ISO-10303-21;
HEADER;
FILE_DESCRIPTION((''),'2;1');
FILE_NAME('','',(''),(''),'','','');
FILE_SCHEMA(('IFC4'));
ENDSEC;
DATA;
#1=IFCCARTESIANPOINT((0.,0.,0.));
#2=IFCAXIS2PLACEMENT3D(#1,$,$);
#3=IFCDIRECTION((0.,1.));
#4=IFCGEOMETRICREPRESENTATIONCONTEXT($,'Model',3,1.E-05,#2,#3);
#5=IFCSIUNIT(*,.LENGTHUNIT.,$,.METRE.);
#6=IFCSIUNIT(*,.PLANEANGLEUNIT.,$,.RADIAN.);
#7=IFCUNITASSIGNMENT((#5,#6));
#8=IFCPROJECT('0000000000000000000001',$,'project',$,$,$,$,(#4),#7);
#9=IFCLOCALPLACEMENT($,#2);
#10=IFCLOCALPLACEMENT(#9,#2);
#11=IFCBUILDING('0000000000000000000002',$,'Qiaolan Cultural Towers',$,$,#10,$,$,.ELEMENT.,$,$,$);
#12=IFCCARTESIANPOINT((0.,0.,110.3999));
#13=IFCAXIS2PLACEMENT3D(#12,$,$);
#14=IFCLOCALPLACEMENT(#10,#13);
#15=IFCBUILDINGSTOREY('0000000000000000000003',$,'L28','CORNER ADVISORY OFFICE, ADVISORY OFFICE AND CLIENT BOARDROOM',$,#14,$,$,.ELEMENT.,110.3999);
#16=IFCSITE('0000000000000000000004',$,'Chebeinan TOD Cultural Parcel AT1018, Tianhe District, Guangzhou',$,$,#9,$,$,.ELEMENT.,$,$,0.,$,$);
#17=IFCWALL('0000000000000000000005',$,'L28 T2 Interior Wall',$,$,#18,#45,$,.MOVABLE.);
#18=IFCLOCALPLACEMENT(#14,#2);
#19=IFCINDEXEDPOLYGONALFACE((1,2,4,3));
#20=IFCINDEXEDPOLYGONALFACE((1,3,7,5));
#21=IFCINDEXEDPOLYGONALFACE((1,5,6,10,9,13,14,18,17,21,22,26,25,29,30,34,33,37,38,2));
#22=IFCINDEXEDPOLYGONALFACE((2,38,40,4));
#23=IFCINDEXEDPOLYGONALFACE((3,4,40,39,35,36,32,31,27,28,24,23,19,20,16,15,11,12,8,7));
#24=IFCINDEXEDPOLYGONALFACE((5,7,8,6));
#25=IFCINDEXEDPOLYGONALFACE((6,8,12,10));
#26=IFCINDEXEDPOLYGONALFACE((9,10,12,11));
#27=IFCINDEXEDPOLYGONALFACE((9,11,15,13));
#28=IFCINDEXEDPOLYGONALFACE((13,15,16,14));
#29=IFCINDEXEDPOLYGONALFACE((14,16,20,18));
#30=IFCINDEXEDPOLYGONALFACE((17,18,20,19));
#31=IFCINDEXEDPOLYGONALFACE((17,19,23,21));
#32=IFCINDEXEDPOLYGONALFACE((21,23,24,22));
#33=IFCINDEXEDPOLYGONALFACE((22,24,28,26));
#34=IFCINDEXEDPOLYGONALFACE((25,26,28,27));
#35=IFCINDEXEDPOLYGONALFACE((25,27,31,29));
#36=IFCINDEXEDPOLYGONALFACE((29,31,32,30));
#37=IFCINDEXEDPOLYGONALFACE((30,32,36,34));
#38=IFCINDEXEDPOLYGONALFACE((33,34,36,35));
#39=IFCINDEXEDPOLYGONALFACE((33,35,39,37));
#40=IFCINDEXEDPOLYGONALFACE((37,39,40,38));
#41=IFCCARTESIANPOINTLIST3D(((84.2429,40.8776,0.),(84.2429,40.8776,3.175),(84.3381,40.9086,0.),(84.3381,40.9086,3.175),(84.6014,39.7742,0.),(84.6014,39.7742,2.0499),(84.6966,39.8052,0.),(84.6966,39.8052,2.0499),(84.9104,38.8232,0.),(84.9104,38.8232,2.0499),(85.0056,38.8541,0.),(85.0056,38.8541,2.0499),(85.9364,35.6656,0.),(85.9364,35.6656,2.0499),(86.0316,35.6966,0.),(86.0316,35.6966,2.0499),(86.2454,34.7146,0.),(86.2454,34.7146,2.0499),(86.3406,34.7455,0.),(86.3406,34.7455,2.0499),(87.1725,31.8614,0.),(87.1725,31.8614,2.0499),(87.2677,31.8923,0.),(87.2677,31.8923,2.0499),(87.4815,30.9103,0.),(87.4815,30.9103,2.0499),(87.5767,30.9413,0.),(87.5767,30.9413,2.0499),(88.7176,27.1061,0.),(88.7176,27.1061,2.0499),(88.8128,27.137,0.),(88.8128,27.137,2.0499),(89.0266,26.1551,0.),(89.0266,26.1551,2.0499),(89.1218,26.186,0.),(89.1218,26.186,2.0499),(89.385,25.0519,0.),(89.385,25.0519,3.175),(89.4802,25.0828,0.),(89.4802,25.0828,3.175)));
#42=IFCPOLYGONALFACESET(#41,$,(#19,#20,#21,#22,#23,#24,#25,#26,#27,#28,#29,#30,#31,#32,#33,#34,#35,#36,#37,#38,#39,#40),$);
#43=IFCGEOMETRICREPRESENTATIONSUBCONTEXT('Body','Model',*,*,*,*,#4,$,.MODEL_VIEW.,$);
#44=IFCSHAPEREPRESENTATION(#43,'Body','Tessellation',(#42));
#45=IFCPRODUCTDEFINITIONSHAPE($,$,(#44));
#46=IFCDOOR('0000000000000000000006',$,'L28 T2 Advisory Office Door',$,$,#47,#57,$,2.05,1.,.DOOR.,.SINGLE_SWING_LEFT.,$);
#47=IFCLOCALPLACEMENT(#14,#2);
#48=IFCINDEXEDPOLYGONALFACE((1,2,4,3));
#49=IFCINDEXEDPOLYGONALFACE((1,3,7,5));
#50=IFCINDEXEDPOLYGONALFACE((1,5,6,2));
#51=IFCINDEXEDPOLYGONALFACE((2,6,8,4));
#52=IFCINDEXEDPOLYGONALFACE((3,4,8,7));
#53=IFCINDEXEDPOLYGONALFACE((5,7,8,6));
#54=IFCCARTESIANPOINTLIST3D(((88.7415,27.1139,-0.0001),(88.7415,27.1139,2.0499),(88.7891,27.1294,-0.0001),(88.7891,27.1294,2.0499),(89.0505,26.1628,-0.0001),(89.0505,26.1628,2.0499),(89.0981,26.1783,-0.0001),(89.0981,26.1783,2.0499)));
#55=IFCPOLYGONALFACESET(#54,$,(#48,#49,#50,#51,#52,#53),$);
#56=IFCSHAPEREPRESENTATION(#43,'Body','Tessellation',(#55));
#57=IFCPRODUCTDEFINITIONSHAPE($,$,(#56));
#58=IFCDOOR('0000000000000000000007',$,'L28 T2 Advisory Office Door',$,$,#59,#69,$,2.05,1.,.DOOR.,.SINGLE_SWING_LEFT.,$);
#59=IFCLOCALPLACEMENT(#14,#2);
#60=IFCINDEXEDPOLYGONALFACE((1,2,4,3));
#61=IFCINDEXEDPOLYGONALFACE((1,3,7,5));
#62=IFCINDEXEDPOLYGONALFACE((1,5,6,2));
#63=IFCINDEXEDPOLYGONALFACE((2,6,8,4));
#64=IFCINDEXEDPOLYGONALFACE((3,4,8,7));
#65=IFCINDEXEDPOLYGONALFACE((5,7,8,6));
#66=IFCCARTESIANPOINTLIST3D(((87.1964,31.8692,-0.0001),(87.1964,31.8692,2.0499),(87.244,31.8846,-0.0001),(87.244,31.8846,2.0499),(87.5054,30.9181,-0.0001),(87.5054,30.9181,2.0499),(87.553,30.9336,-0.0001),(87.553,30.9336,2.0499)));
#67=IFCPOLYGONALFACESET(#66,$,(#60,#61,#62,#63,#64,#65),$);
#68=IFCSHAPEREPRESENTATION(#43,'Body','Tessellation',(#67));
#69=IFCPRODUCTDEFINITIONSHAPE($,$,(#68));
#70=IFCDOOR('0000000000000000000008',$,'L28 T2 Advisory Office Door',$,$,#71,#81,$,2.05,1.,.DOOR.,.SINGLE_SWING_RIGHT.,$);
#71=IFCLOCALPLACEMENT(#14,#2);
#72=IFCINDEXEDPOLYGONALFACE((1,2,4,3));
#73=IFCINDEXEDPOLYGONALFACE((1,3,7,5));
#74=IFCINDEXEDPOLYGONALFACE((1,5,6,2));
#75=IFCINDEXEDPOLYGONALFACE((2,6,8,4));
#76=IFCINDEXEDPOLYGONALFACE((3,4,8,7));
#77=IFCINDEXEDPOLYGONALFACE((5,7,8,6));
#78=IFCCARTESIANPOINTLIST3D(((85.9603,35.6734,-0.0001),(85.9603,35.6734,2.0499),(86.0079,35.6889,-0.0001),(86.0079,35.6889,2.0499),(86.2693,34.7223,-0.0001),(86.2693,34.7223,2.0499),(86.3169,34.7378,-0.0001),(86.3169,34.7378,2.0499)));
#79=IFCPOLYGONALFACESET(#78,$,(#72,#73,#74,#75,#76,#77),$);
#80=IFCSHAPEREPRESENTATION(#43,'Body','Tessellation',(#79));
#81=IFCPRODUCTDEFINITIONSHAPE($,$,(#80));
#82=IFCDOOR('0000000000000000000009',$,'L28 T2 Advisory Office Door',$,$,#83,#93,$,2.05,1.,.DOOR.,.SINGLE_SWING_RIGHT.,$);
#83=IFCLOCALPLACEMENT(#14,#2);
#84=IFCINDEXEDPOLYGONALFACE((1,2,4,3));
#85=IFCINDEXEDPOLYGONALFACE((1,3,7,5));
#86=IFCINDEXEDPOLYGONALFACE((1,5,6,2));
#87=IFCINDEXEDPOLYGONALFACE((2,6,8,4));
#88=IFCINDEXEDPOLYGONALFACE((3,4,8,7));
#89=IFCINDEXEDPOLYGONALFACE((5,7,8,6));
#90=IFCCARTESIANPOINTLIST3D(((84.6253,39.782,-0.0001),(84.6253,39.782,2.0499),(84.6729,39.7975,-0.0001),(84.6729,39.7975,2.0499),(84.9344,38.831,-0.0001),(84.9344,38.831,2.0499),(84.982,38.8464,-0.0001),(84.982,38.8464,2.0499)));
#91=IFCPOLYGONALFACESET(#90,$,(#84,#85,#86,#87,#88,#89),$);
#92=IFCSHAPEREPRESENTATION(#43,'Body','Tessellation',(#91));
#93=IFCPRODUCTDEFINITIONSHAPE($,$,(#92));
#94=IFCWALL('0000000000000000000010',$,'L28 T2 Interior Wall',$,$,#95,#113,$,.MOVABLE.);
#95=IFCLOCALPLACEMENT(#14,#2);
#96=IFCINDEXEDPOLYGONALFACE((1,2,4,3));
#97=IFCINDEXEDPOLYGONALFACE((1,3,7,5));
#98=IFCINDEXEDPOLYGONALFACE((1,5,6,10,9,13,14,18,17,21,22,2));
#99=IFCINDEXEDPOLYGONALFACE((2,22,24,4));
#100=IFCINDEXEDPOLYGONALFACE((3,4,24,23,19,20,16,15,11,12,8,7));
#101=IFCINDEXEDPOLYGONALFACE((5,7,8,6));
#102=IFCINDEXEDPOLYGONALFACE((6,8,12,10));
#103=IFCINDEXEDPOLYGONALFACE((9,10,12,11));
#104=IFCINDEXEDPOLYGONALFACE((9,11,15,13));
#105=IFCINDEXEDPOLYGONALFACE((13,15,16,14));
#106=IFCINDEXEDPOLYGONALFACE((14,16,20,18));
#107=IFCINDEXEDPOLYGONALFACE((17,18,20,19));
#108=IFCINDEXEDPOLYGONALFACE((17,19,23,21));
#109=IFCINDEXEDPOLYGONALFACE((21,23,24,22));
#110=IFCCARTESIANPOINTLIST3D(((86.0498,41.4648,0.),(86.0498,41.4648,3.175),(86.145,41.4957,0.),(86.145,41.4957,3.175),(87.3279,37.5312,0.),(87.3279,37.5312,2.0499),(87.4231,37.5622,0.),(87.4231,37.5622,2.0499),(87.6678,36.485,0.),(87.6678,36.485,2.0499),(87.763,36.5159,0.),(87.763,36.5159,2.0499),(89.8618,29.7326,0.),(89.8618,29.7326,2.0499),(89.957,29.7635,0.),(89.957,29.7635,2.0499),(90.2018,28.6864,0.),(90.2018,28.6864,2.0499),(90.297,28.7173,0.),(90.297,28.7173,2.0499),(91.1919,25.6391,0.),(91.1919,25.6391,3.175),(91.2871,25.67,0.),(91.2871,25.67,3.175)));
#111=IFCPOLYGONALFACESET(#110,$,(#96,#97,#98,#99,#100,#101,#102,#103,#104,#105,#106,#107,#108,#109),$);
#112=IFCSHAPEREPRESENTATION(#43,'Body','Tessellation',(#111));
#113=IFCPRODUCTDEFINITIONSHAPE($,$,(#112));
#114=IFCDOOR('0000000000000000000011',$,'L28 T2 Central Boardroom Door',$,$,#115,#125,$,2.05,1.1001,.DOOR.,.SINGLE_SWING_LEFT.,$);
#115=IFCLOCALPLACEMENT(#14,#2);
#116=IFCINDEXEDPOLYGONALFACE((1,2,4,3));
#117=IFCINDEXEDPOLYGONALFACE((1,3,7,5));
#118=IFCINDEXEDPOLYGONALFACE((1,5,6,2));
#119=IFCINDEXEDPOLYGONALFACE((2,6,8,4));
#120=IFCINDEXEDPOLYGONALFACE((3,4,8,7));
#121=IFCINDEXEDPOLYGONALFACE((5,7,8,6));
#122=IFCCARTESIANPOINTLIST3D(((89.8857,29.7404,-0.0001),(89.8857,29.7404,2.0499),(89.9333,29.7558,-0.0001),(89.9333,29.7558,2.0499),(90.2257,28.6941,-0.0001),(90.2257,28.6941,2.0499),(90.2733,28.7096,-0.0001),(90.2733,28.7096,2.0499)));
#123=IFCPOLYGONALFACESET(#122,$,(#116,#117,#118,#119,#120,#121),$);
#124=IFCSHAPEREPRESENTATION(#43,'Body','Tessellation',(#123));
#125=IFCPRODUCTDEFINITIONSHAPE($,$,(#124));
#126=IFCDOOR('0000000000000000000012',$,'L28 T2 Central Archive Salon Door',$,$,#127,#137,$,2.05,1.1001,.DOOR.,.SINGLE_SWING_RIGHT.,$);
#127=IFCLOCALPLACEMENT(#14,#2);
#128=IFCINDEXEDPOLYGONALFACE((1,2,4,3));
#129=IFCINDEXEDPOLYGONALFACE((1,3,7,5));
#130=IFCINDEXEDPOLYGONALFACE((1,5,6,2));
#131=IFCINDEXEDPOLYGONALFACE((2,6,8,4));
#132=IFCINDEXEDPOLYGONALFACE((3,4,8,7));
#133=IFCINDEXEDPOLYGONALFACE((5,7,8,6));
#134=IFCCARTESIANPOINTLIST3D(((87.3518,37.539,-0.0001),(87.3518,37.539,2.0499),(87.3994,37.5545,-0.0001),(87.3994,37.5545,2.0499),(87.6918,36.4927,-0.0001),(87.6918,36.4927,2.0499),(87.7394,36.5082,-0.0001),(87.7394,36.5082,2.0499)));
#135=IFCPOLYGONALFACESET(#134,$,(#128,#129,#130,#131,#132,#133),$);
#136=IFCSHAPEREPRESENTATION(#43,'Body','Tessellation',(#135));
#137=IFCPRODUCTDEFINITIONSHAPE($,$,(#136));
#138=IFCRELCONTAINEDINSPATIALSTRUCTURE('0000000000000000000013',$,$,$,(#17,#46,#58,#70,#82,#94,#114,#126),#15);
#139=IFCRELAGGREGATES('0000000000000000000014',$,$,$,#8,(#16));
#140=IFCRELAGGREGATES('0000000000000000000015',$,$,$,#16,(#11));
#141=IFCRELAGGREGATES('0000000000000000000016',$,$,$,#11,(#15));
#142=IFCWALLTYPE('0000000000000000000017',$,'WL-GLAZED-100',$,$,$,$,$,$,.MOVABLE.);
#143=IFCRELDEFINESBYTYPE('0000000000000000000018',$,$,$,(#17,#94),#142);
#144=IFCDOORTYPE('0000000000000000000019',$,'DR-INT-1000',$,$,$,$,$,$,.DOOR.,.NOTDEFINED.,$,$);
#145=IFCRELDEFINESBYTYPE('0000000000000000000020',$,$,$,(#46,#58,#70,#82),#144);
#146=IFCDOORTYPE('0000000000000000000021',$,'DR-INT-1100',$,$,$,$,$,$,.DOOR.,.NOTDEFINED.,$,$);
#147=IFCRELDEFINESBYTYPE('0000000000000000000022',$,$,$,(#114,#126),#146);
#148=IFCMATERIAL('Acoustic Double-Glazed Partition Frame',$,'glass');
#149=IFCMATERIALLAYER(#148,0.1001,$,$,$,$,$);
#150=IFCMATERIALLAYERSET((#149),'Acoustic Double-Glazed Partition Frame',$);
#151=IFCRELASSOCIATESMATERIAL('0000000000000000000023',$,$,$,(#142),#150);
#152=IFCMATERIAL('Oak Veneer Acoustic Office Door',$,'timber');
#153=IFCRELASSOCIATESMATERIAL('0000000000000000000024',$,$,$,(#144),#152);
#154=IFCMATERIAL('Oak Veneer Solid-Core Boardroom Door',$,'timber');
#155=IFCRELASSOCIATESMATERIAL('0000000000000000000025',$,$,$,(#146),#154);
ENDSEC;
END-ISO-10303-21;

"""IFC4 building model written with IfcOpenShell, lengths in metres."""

from ifc_helpers import new_model, si_unit, direction, frame, frame_2d, origin, place, context, subcontext, project, spatial, rectangle, extrude, material, layer, layer_set, type_object, element, fill, save


model = new_model("IFC4")

# Units and contexts
model_context = context("Model", 3, precision=1e-05, world=origin(), true_north=direction((0.0, 1.0)))
body_context = subcontext(model_context, "Body", "Model", "MODEL_VIEW")
ifc_project = project(units=[si_unit("LENGTHUNIT", "METRE"), si_unit("PLANEANGLEUNIT", "RADIAN")], contexts=[model_context])

# Site, building, storey
site_placement = place(None, origin())
site = spatial("IfcSite", under=ifc_project, at=site_placement, Name="Chebeinan TOD Cultural Parcel AT1018, Tianhe District, Guangzhou", CompositionType="ELEMENT", RefElevation=0.0)
building_placement = place(site_placement, origin())
building = spatial("IfcBuilding", under=site, at=building_placement, Name="Qiaolan Cultural Towers", CompositionType="ELEMENT")
storey_placement = place(building_placement, frame((0.0, 0.0, 110.3999)))
storey = spatial("IfcBuildingStorey", under=building, at=storey_placement, Name="L28", Description="CORNER ADVISORY OFFICE, ADVISORY OFFICE AND CLIENT BOARDROOM", CompositionType="ELEMENT", Elevation=110.3999)

# Shared definitions
ifc_material_1 = material(Name="Acoustic Double-Glazed Partition Frame", Category="glass")
ifc_layer_1 = layer(ifc_material_1, 0.1001)
ifc_layer_set_1 = layer_set([ifc_layer_1], Name="Acoustic Double-Glazed Partition Frame")
wall_type_1 = type_object("IfcWallType", Name="WL-GLAZED-100", PredefinedType="MOVABLE", material=ifc_layer_set_1)

# Walls, openings, doors
wall_1_placement = place(storey_placement, frame((89.4326, 25.0674, 0.0), z_axis=(0.0, 0.0, 1.0), x_axis=(-0.309018, 0.951056, 0.0)))
wall_1 = element("IfcWall", 1, at=wall_1_placement, inside=storey, type_object=wall_type_1, Name="L28 T2 Interior Wall", PredefinedType="MOVABLE", context=body_context, shape_type="SweptSolid", body=[
    extrude(rectangle(XDim=16.6401, YDim=0.1001, at=frame_2d((8.3201, 0.0))), origin(), (0.0, 0.0, 1.0), 3.175),
])
opening_1_placement = place(wall_1_placement, frame((1.1599, 0.0, 0.0)))
opening_1 = element("IfcOpeningElement", 2, at=opening_1_placement, cuts=wall_1, PredefinedType="OPENING", context=body_context, shape_type="SweptSolid", body=[
    extrude(rectangle(XDim=1.0, YDim=2.05, at=frame_2d((0.5, 1.0249))), frame((0.0, 0.0601, 0.0), z_axis=(0.0, -1.0, 0.0), x_axis=(1.0, 0.0, 0.0)), (0.0, 0.0, 1.0), 0.1201),
])
opening_2_placement = place(wall_1_placement, frame((6.1599, 0.0, 0.0)))
opening_2 = element("IfcOpeningElement", 3, at=opening_2_placement, cuts=wall_1, PredefinedType="OPENING", context=body_context, shape_type="SweptSolid", body=[
    extrude(rectangle(XDim=1.0, YDim=2.05, at=frame_2d((0.5, 1.0249))), frame((0.0, 0.0601, 0.0), z_axis=(0.0, -1.0, 0.0), x_axis=(1.0, 0.0, 0.0)), (0.0, 0.0, 1.0), 0.1201),
])
opening_3_placement = place(wall_1_placement, frame((10.1599, 0.0, 0.0)))
opening_3 = element("IfcOpeningElement", 4, at=opening_3_placement, cuts=wall_1, PredefinedType="OPENING", context=body_context, shape_type="SweptSolid", body=[
    extrude(rectangle(XDim=1.0, YDim=2.05, at=frame_2d((0.5, 1.0249))), frame((0.0, 0.0601, 0.0), z_axis=(0.0, -1.0, 0.0), x_axis=(1.0, 0.0, 0.0)), (0.0, 0.0, 1.0), 0.1201),
])
opening_4_placement = place(wall_1_placement, frame((14.48, 0.0, 0.0)))
opening_4 = element("IfcOpeningElement", 5, at=opening_4_placement, cuts=wall_1, PredefinedType="OPENING", context=body_context, shape_type="SweptSolid", body=[
    extrude(rectangle(XDim=1.0, YDim=2.05, at=frame_2d((0.5, 1.0249))), frame((0.0, 0.0601, 0.0), z_axis=(0.0, -1.0, 0.0), x_axis=(1.0, 0.0, 0.0)), (0.0, 0.0, 1.0), 0.1201),
])
ifc_material_2 = material(Name="Oak Veneer Acoustic Office Door", Category="timber")
door_type_1 = type_object("IfcDoorType", Name="DR-INT-1000", OperationType="NOTDEFINED", PredefinedType="DOOR", material=ifc_material_2)
door_1_placement = place(opening_1_placement, origin())
door_1 = element("IfcDoor", 6, at=door_1_placement, inside=storey, type_object=door_type_1, Name="L28 T2 Advisory Office Door", OperationType="SINGLE_SWING_LEFT", OverallHeight=2.05, OverallWidth=1.0, PredefinedType="DOOR", context=body_context, shape_type="SweptSolid", body=[
    extrude(rectangle(XDim=1.0, YDim=2.05, at=frame_2d((0.5, 1.0249))), frame((0.0, 0.0249, 0.0), z_axis=(0.0, -1.0, 0.0), x_axis=(1.0, 0.0, 0.0)), (0.0, 0.0, 1.0), 0.05),
])
fill(opening_1, door_1)
door_2_placement = place(opening_2_placement, origin())
door_2 = element("IfcDoor", 7, at=door_2_placement, inside=storey, type_object=door_type_1, Name="L28 T2 Advisory Office Door", OperationType="SINGLE_SWING_LEFT", OverallHeight=2.05, OverallWidth=1.0, PredefinedType="DOOR", context=body_context, shape_type="SweptSolid", body=[
    extrude(rectangle(XDim=1.0, YDim=2.05, at=frame_2d((0.5, 1.0249))), frame((0.0, 0.0249, 0.0), z_axis=(0.0, -1.0, 0.0), x_axis=(1.0, 0.0, 0.0)), (0.0, 0.0, 1.0), 0.05),
])
fill(opening_2, door_2)
door_3_placement = place(opening_3_placement, origin())
door_3 = element("IfcDoor", 8, at=door_3_placement, inside=storey, type_object=door_type_1, Name="L28 T2 Advisory Office Door", OperationType="SINGLE_SWING_RIGHT", OverallHeight=2.05, OverallWidth=1.0, PredefinedType="DOOR", context=body_context, shape_type="SweptSolid", body=[
    extrude(rectangle(XDim=1.0, YDim=2.05, at=frame_2d((0.5, 1.0249))), frame((0.0, 0.0249, 0.0), z_axis=(0.0, -1.0, 0.0), x_axis=(1.0, 0.0, 0.0)), (0.0, 0.0, 1.0), 0.05),
])
fill(opening_3, door_3)
door_4_placement = place(opening_4_placement, origin())
door_4 = element("IfcDoor", 9, at=door_4_placement, inside=storey, type_object=door_type_1, Name="L28 T2 Advisory Office Door", OperationType="SINGLE_SWING_RIGHT", OverallHeight=2.05, OverallWidth=1.0, PredefinedType="DOOR", context=body_context, shape_type="SweptSolid", body=[
    extrude(rectangle(XDim=1.0, YDim=2.05, at=frame_2d((0.5, 1.0249))), frame((0.0, 0.0249, 0.0), z_axis=(0.0, -1.0, 0.0), x_axis=(1.0, 0.0, 0.0)), (0.0, 0.0, 1.0), 0.05),
])
fill(opening_4, door_4)
wall_2_placement = place(storey_placement, frame((91.2395, 25.6545, 0.0), z_axis=(0.0, 0.0, 1.0), x_axis=(-0.309018, 0.951056, 0.0)))
wall_2 = element("IfcWall", 10, at=wall_2_placement, inside=storey, type_object=wall_type_1, Name="L28 T2 Interior Wall", PredefinedType="MOVABLE", context=body_context, shape_type="SweptSolid", body=[
    extrude(rectangle(XDim=16.6401, YDim=0.1001, at=frame_2d((8.3201, 0.0))), origin(), (0.0, 0.0, 1.0), 3.175),
])
opening_5_placement = place(wall_2_placement, frame((3.2041, 0.0, 0.0)))
opening_5 = element("IfcOpeningElement", 11, at=opening_5_placement, cuts=wall_2, PredefinedType="OPENING", context=body_context, shape_type="SweptSolid", body=[
    extrude(rectangle(XDim=1.1001, YDim=2.05, at=frame_2d((0.55, 1.0249))), frame((0.0, 0.0601, 0.0), z_axis=(0.0, -1.0, 0.0), x_axis=(1.0, 0.0, 0.0)), (0.0, 0.0, 1.0), 0.1201),
])
opening_6_placement = place(wall_2_placement, frame((11.4041, 0.0, 0.0)))
opening_6 = element("IfcOpeningElement", 12, at=opening_6_placement, cuts=wall_2, PredefinedType="OPENING", context=body_context, shape_type="SweptSolid", body=[
    extrude(rectangle(XDim=1.1001, YDim=2.05, at=frame_2d((0.55, 1.0249))), frame((0.0, 0.0601, 0.0), z_axis=(0.0, -1.0, 0.0), x_axis=(1.0, 0.0, 0.0)), (0.0, 0.0, 1.0), 0.1201),
])
ifc_material_3 = material(Name="Oak Veneer Solid-Core Boardroom Door", Category="timber")
door_type_2 = type_object("IfcDoorType", Name="DR-INT-1100", OperationType="NOTDEFINED", PredefinedType="DOOR", material=ifc_material_3)
door_5_placement = place(opening_5_placement, origin())
door_5 = element("IfcDoor", 13, at=door_5_placement, inside=storey, type_object=door_type_2, Name="L28 T2 Central Boardroom Door", OperationType="SINGLE_SWING_LEFT", OverallHeight=2.05, OverallWidth=1.1001, PredefinedType="DOOR", context=body_context, shape_type="SweptSolid", body=[
    extrude(rectangle(XDim=1.1001, YDim=2.05, at=frame_2d((0.55, 1.0249))), frame((0.0, 0.0249, 0.0), z_axis=(0.0, -1.0, 0.0), x_axis=(1.0, 0.0, 0.0)), (0.0, 0.0, 1.0), 0.05),
])
fill(opening_5, door_5)
door_6_placement = place(opening_6_placement, origin())
door_6 = element("IfcDoor", 14, at=door_6_placement, inside=storey, type_object=door_type_2, Name="L28 T2 Central Archive Salon Door", OperationType="SINGLE_SWING_RIGHT", OverallHeight=2.05, OverallWidth=1.1001, PredefinedType="DOOR", context=body_context, shape_type="SweptSolid", body=[
    extrude(rectangle(XDim=1.1001, YDim=2.05, at=frame_2d((0.55, 1.0249))), frame((0.0, 0.0249, 0.0), z_axis=(0.0, -1.0, 0.0), x_axis=(1.0, 0.0, 0.0)), (0.0, 0.0, 1.0), 0.05),
])
fill(opening_6, door_6)

save(model, "model.ifc")
